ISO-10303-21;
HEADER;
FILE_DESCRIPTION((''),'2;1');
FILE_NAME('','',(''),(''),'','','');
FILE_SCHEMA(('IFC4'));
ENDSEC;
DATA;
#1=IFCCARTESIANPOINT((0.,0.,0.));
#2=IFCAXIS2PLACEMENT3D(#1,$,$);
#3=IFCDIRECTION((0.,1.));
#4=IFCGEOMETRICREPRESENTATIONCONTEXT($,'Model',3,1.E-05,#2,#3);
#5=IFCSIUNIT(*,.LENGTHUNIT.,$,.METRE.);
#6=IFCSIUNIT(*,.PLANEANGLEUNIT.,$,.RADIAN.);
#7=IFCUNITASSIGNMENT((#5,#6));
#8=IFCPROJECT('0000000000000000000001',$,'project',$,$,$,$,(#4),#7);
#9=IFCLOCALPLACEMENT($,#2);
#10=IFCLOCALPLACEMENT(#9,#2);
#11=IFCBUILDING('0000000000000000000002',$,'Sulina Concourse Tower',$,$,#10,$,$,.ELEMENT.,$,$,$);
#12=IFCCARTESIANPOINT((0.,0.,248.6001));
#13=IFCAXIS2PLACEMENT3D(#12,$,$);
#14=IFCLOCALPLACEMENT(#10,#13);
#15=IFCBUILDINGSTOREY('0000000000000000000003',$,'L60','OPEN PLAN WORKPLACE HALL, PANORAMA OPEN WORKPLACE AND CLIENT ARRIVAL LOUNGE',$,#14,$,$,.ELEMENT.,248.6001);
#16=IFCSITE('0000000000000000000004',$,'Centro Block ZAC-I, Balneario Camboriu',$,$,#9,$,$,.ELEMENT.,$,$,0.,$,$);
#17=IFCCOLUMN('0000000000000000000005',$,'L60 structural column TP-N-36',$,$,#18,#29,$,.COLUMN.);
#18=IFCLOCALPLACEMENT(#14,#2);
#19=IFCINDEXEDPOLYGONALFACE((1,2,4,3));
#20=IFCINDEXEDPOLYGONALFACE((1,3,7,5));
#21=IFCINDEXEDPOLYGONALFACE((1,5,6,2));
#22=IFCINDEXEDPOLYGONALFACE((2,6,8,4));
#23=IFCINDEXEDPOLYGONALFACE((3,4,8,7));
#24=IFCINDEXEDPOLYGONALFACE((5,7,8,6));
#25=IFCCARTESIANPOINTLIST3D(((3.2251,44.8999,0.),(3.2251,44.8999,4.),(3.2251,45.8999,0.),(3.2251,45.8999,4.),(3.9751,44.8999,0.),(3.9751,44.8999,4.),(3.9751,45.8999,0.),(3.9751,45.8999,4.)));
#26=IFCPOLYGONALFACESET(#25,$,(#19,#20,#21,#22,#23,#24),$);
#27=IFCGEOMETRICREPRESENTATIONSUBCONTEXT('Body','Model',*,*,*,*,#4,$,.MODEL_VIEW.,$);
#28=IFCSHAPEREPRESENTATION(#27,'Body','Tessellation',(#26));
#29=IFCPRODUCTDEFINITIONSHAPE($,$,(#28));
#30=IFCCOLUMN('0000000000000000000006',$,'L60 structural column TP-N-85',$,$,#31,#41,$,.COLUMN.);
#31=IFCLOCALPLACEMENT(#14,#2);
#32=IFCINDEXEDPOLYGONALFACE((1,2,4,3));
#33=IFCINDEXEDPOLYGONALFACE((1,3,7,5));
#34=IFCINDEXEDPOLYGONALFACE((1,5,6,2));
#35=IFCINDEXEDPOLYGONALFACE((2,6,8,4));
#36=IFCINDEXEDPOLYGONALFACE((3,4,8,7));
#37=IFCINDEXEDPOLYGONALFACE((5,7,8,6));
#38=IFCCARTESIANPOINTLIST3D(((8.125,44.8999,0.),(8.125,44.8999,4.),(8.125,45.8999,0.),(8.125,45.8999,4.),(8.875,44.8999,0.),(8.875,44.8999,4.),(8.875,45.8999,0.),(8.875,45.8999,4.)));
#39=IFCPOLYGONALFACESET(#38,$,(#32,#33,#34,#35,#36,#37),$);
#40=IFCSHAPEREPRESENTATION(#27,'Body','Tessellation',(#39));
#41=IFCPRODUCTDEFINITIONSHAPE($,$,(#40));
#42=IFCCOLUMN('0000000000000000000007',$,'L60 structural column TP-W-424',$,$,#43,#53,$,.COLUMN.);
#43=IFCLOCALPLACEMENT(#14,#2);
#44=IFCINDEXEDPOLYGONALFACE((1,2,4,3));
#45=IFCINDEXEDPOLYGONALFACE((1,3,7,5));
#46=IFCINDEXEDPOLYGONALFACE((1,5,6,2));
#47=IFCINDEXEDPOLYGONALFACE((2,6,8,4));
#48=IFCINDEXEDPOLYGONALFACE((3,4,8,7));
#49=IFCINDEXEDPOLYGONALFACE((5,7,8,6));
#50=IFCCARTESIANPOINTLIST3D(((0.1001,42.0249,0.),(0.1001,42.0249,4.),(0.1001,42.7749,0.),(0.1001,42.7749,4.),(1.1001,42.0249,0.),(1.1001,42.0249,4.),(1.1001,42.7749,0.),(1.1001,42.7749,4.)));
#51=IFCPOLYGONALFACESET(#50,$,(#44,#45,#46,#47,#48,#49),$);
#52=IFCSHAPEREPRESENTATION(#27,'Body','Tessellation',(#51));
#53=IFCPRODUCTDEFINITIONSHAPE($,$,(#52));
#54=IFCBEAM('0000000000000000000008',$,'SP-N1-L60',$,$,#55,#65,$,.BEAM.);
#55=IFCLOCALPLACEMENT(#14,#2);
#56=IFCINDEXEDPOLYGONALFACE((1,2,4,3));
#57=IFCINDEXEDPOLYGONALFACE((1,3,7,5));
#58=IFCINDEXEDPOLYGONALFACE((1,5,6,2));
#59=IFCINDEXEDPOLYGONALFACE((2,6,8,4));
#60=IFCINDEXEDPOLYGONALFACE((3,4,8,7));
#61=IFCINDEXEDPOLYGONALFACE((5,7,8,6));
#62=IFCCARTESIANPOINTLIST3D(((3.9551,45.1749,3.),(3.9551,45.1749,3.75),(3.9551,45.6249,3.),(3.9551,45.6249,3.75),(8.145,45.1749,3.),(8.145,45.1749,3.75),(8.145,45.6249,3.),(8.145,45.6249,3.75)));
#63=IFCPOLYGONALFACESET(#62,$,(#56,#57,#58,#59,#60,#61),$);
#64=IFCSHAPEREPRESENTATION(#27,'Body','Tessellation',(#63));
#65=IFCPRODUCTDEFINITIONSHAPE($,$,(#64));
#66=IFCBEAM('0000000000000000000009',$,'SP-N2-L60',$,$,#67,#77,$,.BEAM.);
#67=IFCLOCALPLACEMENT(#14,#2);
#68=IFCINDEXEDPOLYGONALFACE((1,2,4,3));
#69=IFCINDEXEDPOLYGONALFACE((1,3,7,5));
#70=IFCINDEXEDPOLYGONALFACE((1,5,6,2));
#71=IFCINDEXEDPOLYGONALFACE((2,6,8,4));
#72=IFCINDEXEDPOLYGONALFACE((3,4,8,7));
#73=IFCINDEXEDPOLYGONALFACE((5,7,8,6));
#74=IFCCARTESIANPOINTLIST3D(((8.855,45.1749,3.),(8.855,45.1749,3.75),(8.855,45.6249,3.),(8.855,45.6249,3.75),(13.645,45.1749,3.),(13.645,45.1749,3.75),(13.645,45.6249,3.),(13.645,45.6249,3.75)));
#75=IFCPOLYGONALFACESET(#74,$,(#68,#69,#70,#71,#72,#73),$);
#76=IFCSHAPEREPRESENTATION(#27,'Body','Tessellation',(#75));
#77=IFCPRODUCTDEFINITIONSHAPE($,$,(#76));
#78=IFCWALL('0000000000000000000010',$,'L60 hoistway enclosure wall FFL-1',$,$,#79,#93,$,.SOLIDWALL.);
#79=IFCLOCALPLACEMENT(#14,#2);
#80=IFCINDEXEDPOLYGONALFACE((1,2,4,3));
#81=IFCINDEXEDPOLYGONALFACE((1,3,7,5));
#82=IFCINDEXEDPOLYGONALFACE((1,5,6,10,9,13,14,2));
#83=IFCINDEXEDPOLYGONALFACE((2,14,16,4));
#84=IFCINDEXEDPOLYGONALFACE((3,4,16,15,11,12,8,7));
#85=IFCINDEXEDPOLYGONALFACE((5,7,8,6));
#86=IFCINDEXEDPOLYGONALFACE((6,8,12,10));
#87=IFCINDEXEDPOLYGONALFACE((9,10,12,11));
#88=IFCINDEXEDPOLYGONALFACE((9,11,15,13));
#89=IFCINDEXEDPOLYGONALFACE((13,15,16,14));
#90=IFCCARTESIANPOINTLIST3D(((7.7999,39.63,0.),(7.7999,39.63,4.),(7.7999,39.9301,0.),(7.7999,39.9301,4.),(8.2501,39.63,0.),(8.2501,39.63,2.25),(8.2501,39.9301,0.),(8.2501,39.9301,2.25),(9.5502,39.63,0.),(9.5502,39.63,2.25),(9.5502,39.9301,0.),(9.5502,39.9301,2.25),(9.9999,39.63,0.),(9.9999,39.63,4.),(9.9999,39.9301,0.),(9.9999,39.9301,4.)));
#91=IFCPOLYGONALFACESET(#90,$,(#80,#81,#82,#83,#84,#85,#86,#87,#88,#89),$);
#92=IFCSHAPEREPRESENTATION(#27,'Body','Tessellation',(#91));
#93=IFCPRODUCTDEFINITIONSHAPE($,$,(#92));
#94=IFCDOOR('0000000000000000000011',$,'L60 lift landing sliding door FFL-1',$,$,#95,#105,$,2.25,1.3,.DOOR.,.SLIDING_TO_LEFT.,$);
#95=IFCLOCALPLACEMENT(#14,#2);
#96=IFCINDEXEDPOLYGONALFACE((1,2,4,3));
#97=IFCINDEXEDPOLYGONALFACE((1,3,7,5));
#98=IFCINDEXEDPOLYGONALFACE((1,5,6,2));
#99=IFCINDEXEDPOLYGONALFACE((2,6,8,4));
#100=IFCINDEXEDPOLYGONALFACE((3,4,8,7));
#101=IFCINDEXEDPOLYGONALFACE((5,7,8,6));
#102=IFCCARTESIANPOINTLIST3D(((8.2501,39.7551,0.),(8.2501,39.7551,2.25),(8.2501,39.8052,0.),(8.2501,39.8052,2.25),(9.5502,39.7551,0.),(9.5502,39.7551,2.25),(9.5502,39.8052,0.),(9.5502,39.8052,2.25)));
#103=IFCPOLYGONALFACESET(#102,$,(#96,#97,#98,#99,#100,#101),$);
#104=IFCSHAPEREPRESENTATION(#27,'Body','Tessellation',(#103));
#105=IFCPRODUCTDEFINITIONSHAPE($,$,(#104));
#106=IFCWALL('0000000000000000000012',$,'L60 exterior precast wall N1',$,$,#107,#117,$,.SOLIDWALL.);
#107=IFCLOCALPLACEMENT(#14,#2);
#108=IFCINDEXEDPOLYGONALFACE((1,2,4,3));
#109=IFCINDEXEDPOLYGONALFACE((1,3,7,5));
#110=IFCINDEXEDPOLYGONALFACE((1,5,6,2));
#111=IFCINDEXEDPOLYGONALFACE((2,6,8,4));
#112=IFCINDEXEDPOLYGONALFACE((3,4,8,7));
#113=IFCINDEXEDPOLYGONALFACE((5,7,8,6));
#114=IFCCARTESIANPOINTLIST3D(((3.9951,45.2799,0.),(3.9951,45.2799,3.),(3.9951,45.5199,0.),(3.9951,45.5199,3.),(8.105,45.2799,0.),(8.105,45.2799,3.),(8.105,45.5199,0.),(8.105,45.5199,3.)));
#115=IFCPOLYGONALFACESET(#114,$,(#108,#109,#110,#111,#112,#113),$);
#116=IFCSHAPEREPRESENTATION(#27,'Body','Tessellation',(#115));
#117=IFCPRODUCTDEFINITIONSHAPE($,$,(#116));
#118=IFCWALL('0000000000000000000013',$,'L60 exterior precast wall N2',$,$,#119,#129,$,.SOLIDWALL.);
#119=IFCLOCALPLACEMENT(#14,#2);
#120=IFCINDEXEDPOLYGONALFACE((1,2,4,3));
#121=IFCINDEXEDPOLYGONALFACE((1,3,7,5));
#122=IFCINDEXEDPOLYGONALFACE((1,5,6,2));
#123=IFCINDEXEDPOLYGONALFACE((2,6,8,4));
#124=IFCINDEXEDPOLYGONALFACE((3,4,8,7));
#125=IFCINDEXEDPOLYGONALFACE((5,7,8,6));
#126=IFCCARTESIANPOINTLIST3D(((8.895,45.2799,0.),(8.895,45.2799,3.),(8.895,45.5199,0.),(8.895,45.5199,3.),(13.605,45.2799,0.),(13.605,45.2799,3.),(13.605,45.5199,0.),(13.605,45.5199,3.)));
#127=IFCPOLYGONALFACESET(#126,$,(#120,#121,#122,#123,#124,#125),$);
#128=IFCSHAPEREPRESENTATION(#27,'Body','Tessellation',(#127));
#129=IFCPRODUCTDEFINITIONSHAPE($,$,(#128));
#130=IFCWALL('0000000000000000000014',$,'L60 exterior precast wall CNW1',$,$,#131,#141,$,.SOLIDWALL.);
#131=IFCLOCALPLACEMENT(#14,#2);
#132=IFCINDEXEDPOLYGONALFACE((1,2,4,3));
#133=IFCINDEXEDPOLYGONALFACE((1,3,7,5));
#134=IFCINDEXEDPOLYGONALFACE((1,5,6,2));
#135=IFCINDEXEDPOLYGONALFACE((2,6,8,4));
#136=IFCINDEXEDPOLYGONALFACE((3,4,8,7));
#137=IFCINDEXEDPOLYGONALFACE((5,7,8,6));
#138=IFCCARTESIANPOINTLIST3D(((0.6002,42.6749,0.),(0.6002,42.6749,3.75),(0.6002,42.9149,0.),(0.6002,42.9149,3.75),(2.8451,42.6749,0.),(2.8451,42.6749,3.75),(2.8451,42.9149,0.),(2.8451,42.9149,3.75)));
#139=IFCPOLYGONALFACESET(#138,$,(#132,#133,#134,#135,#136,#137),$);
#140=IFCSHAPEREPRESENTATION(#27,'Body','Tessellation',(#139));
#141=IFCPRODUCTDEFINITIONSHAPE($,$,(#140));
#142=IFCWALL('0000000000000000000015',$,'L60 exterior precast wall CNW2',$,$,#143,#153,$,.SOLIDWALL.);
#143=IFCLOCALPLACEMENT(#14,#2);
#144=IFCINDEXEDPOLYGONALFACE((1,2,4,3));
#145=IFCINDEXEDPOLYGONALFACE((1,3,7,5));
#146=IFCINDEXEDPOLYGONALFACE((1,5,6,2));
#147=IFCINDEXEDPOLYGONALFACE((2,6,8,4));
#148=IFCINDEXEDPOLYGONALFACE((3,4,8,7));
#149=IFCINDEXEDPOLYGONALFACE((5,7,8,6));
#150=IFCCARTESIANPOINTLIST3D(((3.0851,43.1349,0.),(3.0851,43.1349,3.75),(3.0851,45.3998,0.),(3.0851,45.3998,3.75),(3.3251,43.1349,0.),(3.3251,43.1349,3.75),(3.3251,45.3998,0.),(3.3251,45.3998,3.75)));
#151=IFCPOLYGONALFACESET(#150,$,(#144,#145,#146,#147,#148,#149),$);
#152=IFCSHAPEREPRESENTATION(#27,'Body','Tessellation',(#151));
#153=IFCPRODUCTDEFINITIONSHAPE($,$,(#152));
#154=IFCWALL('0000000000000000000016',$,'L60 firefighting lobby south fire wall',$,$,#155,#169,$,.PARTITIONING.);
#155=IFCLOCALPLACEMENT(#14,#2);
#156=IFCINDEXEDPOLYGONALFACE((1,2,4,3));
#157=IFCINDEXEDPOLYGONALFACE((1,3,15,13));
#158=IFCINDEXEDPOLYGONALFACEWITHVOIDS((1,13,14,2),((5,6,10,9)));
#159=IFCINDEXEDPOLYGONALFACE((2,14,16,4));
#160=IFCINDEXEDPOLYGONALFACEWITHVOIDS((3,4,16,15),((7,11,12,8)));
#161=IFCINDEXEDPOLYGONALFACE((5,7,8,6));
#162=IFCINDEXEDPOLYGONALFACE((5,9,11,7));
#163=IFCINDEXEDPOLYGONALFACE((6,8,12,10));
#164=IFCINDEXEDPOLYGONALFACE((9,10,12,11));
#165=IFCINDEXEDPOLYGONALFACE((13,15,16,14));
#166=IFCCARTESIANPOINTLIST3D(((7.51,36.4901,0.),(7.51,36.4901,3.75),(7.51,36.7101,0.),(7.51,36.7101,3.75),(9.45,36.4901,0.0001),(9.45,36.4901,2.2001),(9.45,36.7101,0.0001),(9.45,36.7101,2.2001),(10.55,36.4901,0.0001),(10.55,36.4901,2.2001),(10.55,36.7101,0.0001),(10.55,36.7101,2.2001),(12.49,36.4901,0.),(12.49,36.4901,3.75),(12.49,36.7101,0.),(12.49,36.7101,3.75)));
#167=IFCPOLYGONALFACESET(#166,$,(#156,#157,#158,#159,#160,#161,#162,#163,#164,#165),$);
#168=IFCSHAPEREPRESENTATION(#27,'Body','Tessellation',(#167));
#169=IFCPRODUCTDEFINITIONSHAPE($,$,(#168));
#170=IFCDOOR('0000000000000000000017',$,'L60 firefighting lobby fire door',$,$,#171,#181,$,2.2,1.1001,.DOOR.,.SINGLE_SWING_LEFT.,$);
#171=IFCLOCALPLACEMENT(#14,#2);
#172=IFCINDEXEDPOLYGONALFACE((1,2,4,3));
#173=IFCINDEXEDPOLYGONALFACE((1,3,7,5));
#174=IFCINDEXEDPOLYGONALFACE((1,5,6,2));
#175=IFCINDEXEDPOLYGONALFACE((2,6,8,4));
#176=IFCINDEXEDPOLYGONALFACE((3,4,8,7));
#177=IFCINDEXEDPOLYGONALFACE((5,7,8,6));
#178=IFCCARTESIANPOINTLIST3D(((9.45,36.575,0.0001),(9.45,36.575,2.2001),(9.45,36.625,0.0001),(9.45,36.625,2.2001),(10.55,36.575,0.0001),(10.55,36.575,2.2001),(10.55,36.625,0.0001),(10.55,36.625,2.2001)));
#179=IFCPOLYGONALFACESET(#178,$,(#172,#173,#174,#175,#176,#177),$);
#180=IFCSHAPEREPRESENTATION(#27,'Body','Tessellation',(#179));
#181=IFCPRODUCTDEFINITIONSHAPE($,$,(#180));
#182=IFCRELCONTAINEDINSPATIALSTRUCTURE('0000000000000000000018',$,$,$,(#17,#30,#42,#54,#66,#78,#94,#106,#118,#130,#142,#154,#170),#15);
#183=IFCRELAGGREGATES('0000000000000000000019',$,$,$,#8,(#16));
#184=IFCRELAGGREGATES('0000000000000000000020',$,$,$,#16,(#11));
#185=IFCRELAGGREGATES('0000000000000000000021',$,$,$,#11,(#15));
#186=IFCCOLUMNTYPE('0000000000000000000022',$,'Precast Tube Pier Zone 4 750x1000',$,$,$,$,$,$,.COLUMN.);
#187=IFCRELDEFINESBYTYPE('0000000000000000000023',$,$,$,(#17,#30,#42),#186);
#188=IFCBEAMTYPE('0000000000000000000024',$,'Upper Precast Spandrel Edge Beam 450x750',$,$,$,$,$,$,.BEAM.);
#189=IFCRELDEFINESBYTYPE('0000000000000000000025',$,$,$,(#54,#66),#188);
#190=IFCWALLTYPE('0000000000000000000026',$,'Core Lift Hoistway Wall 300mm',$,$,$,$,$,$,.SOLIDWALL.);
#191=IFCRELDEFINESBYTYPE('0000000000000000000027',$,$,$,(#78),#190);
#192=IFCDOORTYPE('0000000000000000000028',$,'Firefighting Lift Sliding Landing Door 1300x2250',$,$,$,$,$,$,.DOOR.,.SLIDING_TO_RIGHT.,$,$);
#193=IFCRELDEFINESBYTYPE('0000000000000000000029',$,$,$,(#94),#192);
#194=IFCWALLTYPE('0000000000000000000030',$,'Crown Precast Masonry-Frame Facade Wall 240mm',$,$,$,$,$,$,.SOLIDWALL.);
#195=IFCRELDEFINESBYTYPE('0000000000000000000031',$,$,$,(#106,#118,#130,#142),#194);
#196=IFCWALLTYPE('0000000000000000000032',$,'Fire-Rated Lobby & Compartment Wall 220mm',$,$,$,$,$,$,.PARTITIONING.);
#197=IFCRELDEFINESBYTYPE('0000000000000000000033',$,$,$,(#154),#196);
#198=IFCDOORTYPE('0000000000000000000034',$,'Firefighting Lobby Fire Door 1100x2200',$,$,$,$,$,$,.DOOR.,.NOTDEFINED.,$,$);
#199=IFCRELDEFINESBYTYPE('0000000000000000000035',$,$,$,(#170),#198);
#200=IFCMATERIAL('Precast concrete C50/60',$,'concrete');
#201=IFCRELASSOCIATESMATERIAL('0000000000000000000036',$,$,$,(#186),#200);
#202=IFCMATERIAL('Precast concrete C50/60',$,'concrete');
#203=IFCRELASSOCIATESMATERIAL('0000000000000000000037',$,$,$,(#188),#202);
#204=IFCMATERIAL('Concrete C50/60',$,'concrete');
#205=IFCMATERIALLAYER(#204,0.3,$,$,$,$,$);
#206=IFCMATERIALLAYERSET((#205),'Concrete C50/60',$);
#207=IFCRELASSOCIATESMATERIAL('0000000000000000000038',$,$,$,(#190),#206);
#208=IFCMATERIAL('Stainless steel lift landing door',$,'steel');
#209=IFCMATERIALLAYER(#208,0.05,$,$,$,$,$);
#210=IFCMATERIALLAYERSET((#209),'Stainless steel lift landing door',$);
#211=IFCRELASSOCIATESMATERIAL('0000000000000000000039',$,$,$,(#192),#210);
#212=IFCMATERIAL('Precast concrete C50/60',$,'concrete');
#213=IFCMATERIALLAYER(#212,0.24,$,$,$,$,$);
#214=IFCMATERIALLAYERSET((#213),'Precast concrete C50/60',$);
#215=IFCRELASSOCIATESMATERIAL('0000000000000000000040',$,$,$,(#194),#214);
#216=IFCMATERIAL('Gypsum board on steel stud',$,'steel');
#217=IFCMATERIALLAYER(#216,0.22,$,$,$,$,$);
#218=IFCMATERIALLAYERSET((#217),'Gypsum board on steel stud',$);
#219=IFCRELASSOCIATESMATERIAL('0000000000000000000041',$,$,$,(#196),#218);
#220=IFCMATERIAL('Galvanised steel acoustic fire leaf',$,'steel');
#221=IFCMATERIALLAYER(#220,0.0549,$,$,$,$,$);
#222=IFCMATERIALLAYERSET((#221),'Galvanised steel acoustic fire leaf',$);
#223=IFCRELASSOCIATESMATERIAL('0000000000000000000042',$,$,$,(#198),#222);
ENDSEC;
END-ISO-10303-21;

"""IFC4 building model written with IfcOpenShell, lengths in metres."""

from ifc_helpers import new_model, si_unit, direction, frame, frame_2d, origin, origin_2d, place, context, subcontext, project, spatial, rectangle, extrude, material, layer, layer_set, material_profile, profile_set, type_object, element, fill, save


model = new_model("IFC4")

# Units and contexts
model_context = context("Model", 3, precision=1e-05, world=origin(), true_north=direction((0.0, 1.0)))
body_context = subcontext(model_context, "Body", "Model", "MODEL_VIEW")
ifc_project = project(units=[si_unit("LENGTHUNIT", "METRE"), si_unit("PLANEANGLEUNIT", "RADIAN")], contexts=[model_context])

# Site, building, storey
site_placement = place(None, origin())
site = spatial("IfcSite", under=ifc_project, at=site_placement, Name="Centro Block ZAC-I, Balneario Camboriu", CompositionType="ELEMENT", RefElevation=0.0)
building_placement = place(site_placement, origin())
building = spatial("IfcBuilding", under=site, at=building_placement, Name="Sulina Concourse Tower", CompositionType="ELEMENT")
storey_placement = place(building_placement, frame((0.0, 0.0, 248.6001)))
storey = spatial("IfcBuildingStorey", under=building, at=storey_placement, Name="L60", Description="OPEN PLAN WORKPLACE HALL, PANORAMA OPEN WORKPLACE AND CLIENT ARRIVAL LOUNGE", CompositionType="ELEMENT", Elevation=248.6001)

# Columns
ifc_material_1 = material(Name="Precast concrete C50/60", Category="concrete")
ifc_material_profile_1 = material_profile(ifc_material_1, rectangle(XDim=0.75, YDim=1.0, at=origin_2d()), Name="PC 750x1000")
ifc_profile_set_1 = profile_set([ifc_material_profile_1], Name="Precast concrete C50/60")
column_type = type_object("IfcColumnType", Name="Precast Tube Pier Zone 4 750x1000", PredefinedType="COLUMN", material=ifc_profile_set_1)
for number, where, z_axis, x_axis, name in (
    (1, (3.6001, 45.3999, 0.0), (0.0, 0.0, 1.0), (1.0, 0.0, 0.0), "L60 structural column TP-N-36"),
    (2, (8.5, 45.3999, 0.0), (0.0, 0.0, 1.0), (1.0, 0.0, 0.0), "L60 structural column TP-N-85"),
    (3, (0.6001, 42.3999, 0.0), (0.0, 0.0, 1.0), (0.0, 1.0, 0.0), "L60 structural column TP-W-424"),
):
    element("IfcColumn", number, at=place(storey_placement, frame(where, z_axis=z_axis, x_axis=x_axis)), inside=storey, type_object=column_type, Name=name, PredefinedType="COLUMN", context=body_context, shape_type="SweptSolid", body=[
        extrude(rectangle(XDim=0.75, YDim=1.0, at=origin_2d()), origin(), (0.0, 0.0, 1.0), 4.0),
    ])

# Beams
ifc_material_2 = material(Name="Precast concrete C50/60", Category="concrete")
ifc_material_profile_2 = material_profile(ifc_material_2, rectangle(XDim=0.45, YDim=0.75, at=origin_2d()), Name="RC 450x750")
ifc_profile_set_2 = profile_set([ifc_material_profile_2], Name="Precast concrete C50/60")
beam_type = type_object("IfcBeamType", Name="Upper Precast Spandrel Edge Beam 450x750", PredefinedType="BEAM", material=ifc_profile_set_2)
beam_1_placement = place(storey_placement, frame((3.9551, 45.3999, 3.375), z_axis=(1.0, 0.0, 0.0), x_axis=(0.0, 1.0, 0.0)))
element("IfcBeam", 4, at=beam_1_placement, inside=storey, type_object=beam_type, Name="SP-N1-L60", PredefinedType="BEAM", context=body_context, shape_type="SweptSolid", body=[
    extrude(rectangle(XDim=0.45, YDim=0.75, at=origin_2d()), origin(), (0.0, 0.0, 1.0), 4.1899),
])
beam_2_placement = place(storey_placement, frame((8.855, 45.3999, 3.375), z_axis=(1.0, 0.0, 0.0), x_axis=(0.0, 1.0, 0.0)))
element("IfcBeam", 5, at=beam_2_placement, inside=storey, type_object=beam_type, Name="SP-N2-L60", PredefinedType="BEAM", context=body_context, shape_type="SweptSolid", body=[
    extrude(rectangle(XDim=0.45, YDim=0.75, at=origin_2d()), origin(), (0.0, 0.0, 1.0), 4.79),
])

# Wall, opening, door
ifc_material_3 = material(Name="Concrete C50/60", Category="concrete")
ifc_layer_1 = layer(ifc_material_3, 0.3)
ifc_layer_set_1 = layer_set([ifc_layer_1], Name="Concrete C50/60")
wall_type_1 = type_object("IfcWallType", Name="Core Lift Hoistway Wall 300mm", PredefinedType="SOLIDWALL", material=ifc_layer_set_1)
wall_1_placement = place(storey_placement, frame((10.0, 39.78, 0.0), z_axis=(0.0, 0.0, 1.0), x_axis=(-1.0, 0.0, 0.0)))
wall_1 = element("IfcWall", 6, at=wall_1_placement, inside=storey, type_object=wall_type_1, Name="L60 hoistway enclosure wall FFL-1", PredefinedType="SOLIDWALL", context=body_context, shape_type="SweptSolid", body=[
    extrude(rectangle(XDim=2.2, YDim=0.3, at=frame_2d((1.1001, 0.0))), origin(), (0.0, 0.0, 1.0), 4.0),
])
opening_1_placement = place(wall_1_placement, frame((0.45, 0.0, 0.0)))
opening_1 = element("IfcOpeningElement", 7, at=opening_1_placement, cuts=wall_1, PredefinedType="OPENING", context=body_context, shape_type="SweptSolid", body=[
    extrude(rectangle(XDim=1.3, YDim=2.25, at=frame_2d((0.6499, 1.125))), frame((0.0, 0.1599, 0.0), z_axis=(0.0, -1.0, 0.0), x_axis=(1.0, 0.0, 0.0)), (0.0, 0.0, 1.0), 0.3201),
])
ifc_material_4 = material(Name="Stainless steel lift landing door", Category="steel")
ifc_layer_2 = layer(ifc_material_4, 0.05)
ifc_layer_set_2 = layer_set([ifc_layer_2], Name="Stainless steel lift landing door")
door_type_1 = type_object("IfcDoorType", Name="Firefighting Lift Sliding Landing Door 1300x2250", OperationType="SLIDING_TO_RIGHT", PredefinedType="DOOR", material=ifc_layer_set_2)
door_1_placement = place(opening_1_placement, origin())
door_1 = element("IfcDoor", 8, at=door_1_placement, inside=storey, type_object=door_type_1, Name="L60 lift landing sliding door FFL-1", OperationType="SLIDING_TO_LEFT", OverallHeight=2.25, OverallWidth=1.3, PredefinedType="DOOR", context=body_context, shape_type="SweptSolid", body=[
    extrude(rectangle(XDim=1.3, YDim=2.25, at=frame_2d((0.6499, 1.125))), frame((0.0, 0.0249, 0.0), z_axis=(0.0, -1.0, 0.0), x_axis=(1.0, 0.0, 0.0)), (0.0, 0.0, 1.0), 0.05),
])
fill(opening_1, door_1)

# Walls
ifc_material_5 = material(Name="Precast concrete C50/60", Category="concrete")
ifc_layer_3 = layer(ifc_material_5, 0.24)
ifc_layer_set_3 = layer_set([ifc_layer_3], Name="Precast concrete C50/60")
wall_type_2 = type_object("IfcWallType", Name="Crown Precast Masonry-Frame Facade Wall 240mm", PredefinedType="SOLIDWALL", material=ifc_layer_set_3)
wall_2_placement = place(storey_placement, frame((3.9951, 45.3999, 0.0), z_axis=(0.0, 0.0, 1.0), x_axis=(1.0, 0.0, 0.0)))
element("IfcWall", 9, at=wall_2_placement, inside=storey, type_object=wall_type_2, Name="L60 exterior precast wall N1", PredefinedType="SOLIDWALL", context=body_context, shape_type="SweptSolid", body=[
    extrude(rectangle(XDim=4.1099, YDim=0.24, at=frame_2d((2.0549, 0.0))), origin(), (0.0, 0.0, 1.0), 3.0),
])
wall_3_placement = place(storey_placement, frame((8.895, 45.3999, 0.0), z_axis=(0.0, 0.0, 1.0), x_axis=(1.0, 0.0, 0.0)))
element("IfcWall", 10, at=wall_3_placement, inside=storey, type_object=wall_type_2, Name="L60 exterior precast wall N2", PredefinedType="SOLIDWALL", context=body_context, shape_type="SweptSolid", body=[
    extrude(rectangle(XDim=4.71, YDim=0.24, at=frame_2d((2.355, 0.0))), origin(), (0.0, 0.0, 1.0), 3.0),
])
wall_4_placement = place(storey_placement, frame((0.6001, 42.7949, 0.0), z_axis=(0.0, 0.0, 1.0), x_axis=(1.0, 0.0, 0.0)))
element("IfcWall", 11, at=wall_4_placement, inside=storey, type_object=wall_type_2, Name="L60 exterior precast wall CNW1", PredefinedType="SOLIDWALL", context=body_context, shape_type="SweptSolid", body=[
    extrude(rectangle(XDim=2.2449, YDim=0.24, at=frame_2d((1.1226, 0.0))), origin(), (0.0, 0.0, 1.0), 3.75),
])
wall_5_placement = place(storey_placement, frame((3.2051, 43.135, 0.0), z_axis=(0.0, 0.0, 1.0), x_axis=(0.0, 1.0, 0.0)))
element("IfcWall", 12, at=wall_5_placement, inside=storey, type_object=wall_type_2, Name="L60 exterior precast wall CNW2", PredefinedType="SOLIDWALL", context=body_context, shape_type="SweptSolid", body=[
    extrude(rectangle(XDim=2.2649, YDim=0.24, at=frame_2d((1.1323, 0.0))), origin(), (0.0, 0.0, 1.0), 3.75),
])

# Wall, opening, door
ifc_material_6 = material(Name="Gypsum board on steel stud", Category="steel")
ifc_layer_4 = layer(ifc_material_6, 0.22)
ifc_layer_set_4 = layer_set([ifc_layer_4], Name="Gypsum board on steel stud")
wall_type_3 = type_object("IfcWallType", Name="Fire-Rated Lobby & Compartment Wall 220mm", PredefinedType="PARTITIONING", material=ifc_layer_set_4)
wall_6_placement = place(storey_placement, frame((7.51, 36.6001, 0.0), z_axis=(0.0, 0.0, 1.0), x_axis=(1.0, 0.0, 0.0)))
wall_6 = element("IfcWall", 13, at=wall_6_placement, inside=storey, type_object=wall_type_3, Name="L60 firefighting lobby south fire wall", PredefinedType="PARTITIONING", context=body_context, shape_type="SweptSolid", body=[
    extrude(rectangle(XDim=4.98, YDim=0.22, at=frame_2d((2.49, 0.0))), origin(), (0.0, 0.0, 1.0), 3.75),
])
opening_2_placement = place(wall_6_placement, frame((1.9399, 0.0, 0.0)))
opening_2 = element("IfcOpeningElement", 14, at=opening_2_placement, cuts=wall_6, PredefinedType="OPENING", context=body_context, shape_type="SweptSolid", body=[
    extrude(rectangle(XDim=1.1001, YDim=2.2, at=frame_2d((0.55, 1.1001))), frame((0.0, 0.1199, 0.0), z_axis=(0.0, -1.0, 0.0), x_axis=(1.0, 0.0, 0.0)), (0.0, 0.0, 1.0), 0.24),
])
ifc_material_7 = material(Name="Galvanised steel acoustic fire leaf", Category="steel")
ifc_layer_5 = layer(ifc_material_7, 0.0549)
ifc_layer_set_5 = layer_set([ifc_layer_5], Name="Galvanised steel acoustic fire leaf")
door_type_2 = type_object("IfcDoorType", Name="Firefighting Lobby Fire Door 1100x2200", OperationType="NOTDEFINED", PredefinedType="DOOR", material=ifc_layer_set_5)
door_2_placement = place(opening_2_placement, origin())
door_2 = element("IfcDoor", 15, at=door_2_placement, inside=storey, type_object=door_type_2, Name="L60 firefighting lobby fire door", OperationType="SINGLE_SWING_LEFT", OverallHeight=2.2, OverallWidth=1.1001, PredefinedType="DOOR", context=body_context, shape_type="SweptSolid", body=[
    extrude(rectangle(XDim=1.1001, YDim=2.2, at=frame_2d((0.55, 1.1001))), frame((0.0, 0.0249, 0.0), z_axis=(0.0, -1.0, 0.0), x_axis=(1.0, 0.0, 0.0)), (0.0, 0.0, 1.0), 0.05),
])
fill(opening_2, door_2)

save(model, "model.ifc")
